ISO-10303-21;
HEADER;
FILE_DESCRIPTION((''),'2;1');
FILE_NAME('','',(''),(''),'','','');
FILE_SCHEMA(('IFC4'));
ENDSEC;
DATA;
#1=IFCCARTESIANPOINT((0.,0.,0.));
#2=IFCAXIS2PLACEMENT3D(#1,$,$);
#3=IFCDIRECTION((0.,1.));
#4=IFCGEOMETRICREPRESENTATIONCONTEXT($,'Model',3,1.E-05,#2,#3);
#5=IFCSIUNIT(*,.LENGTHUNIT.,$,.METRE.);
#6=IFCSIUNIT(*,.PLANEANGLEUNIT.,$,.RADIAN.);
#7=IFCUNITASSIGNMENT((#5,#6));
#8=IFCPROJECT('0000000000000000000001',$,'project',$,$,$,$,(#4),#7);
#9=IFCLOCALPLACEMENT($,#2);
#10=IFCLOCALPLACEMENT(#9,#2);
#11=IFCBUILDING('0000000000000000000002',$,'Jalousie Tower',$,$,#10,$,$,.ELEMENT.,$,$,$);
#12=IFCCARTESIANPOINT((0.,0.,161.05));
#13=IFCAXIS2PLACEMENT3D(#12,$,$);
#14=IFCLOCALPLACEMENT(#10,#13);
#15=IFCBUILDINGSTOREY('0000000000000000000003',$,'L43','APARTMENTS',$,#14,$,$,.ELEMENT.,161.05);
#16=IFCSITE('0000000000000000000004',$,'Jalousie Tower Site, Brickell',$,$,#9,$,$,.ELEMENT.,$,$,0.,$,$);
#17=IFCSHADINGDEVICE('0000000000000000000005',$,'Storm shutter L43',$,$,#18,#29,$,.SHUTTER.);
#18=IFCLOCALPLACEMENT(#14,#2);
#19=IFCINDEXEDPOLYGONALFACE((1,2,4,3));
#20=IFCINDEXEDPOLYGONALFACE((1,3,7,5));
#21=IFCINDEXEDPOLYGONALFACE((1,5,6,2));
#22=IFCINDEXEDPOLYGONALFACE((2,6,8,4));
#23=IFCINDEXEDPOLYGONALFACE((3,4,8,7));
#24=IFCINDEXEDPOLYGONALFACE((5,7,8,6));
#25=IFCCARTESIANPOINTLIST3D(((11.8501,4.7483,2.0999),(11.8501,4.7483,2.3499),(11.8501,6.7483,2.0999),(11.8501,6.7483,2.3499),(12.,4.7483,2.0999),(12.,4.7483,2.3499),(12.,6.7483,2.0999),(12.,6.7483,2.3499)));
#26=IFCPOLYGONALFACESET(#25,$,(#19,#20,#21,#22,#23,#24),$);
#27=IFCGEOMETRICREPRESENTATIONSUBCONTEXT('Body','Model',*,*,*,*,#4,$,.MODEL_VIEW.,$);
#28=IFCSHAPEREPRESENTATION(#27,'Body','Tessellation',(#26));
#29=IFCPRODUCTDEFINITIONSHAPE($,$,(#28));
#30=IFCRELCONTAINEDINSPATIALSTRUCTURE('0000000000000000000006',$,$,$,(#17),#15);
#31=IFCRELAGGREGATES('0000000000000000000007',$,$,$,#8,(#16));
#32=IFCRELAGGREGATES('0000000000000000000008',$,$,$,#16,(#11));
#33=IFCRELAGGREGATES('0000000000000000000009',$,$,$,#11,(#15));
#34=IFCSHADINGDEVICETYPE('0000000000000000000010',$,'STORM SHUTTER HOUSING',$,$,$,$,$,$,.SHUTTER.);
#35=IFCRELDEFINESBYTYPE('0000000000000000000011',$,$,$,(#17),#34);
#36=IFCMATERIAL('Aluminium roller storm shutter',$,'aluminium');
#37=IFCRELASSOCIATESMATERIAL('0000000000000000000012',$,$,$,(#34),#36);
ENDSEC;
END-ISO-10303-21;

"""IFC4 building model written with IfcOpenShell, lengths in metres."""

from ifc_helpers import new_model, si_unit, direction, frame, origin, origin_2d, place, context, subcontext, project, spatial, rectangle, extrude, material, type_object, element, save


model = new_model("IFC4")

# Units and contexts
model_context = context("Model", 3, precision=1e-05, world=origin(), true_north=direction((0.0, 1.0)))
body_context = subcontext(model_context, "Body", "Model", "MODEL_VIEW")
ifc_project = project(units=[si_unit("LENGTHUNIT", "METRE"), si_unit("PLANEANGLEUNIT", "RADIAN")], contexts=[model_context])

# Site, building, storey
site_placement = place(None, origin())
site = spatial("IfcSite", under=ifc_project, at=site_placement, Name="Jalousie Tower Site, Brickell", CompositionType="ELEMENT", RefElevation=0.0)
building_placement = place(site_placement, origin())
building = spatial("IfcBuilding", under=site, at=building_placement, Name="Jalousie Tower", CompositionType="ELEMENT")
storey_placement = place(building_placement, frame((0.0, 0.0, 161.05)))
storey = spatial("IfcBuildingStorey", under=building, at=storey_placement, Name="L43", Description="APARTMENTS", CompositionType="ELEMENT", Elevation=161.05)

# Shading device
ifc_material_1 = material(Name="Aluminium roller storm shutter", Category="aluminium")
shading_device_type_1 = type_object("IfcShadingDeviceType", Name="STORM SHUTTER HOUSING", PredefinedType="SHUTTER", material=ifc_material_1)
shading_device_placement = place(storey_placement, frame((11.925, 5.7483, 2.0999), z_axis=(0.0, 0.0, 1.0), x_axis=(0.0, -1.0, 0.0)))
element("IfcShadingDevice", 1, at=shading_device_placement, inside=storey, type_object=shading_device_type_1, Name="Storm shutter L43", PredefinedType="SHUTTER", context=body_context, shape_type="SweptSolid", body=[
    extrude(rectangle(XDim=2.0, YDim=0.1499, at=origin_2d()), origin(), (0.0, 0.0, 1.0), 0.25),
])

save(model, "model.ifc")
